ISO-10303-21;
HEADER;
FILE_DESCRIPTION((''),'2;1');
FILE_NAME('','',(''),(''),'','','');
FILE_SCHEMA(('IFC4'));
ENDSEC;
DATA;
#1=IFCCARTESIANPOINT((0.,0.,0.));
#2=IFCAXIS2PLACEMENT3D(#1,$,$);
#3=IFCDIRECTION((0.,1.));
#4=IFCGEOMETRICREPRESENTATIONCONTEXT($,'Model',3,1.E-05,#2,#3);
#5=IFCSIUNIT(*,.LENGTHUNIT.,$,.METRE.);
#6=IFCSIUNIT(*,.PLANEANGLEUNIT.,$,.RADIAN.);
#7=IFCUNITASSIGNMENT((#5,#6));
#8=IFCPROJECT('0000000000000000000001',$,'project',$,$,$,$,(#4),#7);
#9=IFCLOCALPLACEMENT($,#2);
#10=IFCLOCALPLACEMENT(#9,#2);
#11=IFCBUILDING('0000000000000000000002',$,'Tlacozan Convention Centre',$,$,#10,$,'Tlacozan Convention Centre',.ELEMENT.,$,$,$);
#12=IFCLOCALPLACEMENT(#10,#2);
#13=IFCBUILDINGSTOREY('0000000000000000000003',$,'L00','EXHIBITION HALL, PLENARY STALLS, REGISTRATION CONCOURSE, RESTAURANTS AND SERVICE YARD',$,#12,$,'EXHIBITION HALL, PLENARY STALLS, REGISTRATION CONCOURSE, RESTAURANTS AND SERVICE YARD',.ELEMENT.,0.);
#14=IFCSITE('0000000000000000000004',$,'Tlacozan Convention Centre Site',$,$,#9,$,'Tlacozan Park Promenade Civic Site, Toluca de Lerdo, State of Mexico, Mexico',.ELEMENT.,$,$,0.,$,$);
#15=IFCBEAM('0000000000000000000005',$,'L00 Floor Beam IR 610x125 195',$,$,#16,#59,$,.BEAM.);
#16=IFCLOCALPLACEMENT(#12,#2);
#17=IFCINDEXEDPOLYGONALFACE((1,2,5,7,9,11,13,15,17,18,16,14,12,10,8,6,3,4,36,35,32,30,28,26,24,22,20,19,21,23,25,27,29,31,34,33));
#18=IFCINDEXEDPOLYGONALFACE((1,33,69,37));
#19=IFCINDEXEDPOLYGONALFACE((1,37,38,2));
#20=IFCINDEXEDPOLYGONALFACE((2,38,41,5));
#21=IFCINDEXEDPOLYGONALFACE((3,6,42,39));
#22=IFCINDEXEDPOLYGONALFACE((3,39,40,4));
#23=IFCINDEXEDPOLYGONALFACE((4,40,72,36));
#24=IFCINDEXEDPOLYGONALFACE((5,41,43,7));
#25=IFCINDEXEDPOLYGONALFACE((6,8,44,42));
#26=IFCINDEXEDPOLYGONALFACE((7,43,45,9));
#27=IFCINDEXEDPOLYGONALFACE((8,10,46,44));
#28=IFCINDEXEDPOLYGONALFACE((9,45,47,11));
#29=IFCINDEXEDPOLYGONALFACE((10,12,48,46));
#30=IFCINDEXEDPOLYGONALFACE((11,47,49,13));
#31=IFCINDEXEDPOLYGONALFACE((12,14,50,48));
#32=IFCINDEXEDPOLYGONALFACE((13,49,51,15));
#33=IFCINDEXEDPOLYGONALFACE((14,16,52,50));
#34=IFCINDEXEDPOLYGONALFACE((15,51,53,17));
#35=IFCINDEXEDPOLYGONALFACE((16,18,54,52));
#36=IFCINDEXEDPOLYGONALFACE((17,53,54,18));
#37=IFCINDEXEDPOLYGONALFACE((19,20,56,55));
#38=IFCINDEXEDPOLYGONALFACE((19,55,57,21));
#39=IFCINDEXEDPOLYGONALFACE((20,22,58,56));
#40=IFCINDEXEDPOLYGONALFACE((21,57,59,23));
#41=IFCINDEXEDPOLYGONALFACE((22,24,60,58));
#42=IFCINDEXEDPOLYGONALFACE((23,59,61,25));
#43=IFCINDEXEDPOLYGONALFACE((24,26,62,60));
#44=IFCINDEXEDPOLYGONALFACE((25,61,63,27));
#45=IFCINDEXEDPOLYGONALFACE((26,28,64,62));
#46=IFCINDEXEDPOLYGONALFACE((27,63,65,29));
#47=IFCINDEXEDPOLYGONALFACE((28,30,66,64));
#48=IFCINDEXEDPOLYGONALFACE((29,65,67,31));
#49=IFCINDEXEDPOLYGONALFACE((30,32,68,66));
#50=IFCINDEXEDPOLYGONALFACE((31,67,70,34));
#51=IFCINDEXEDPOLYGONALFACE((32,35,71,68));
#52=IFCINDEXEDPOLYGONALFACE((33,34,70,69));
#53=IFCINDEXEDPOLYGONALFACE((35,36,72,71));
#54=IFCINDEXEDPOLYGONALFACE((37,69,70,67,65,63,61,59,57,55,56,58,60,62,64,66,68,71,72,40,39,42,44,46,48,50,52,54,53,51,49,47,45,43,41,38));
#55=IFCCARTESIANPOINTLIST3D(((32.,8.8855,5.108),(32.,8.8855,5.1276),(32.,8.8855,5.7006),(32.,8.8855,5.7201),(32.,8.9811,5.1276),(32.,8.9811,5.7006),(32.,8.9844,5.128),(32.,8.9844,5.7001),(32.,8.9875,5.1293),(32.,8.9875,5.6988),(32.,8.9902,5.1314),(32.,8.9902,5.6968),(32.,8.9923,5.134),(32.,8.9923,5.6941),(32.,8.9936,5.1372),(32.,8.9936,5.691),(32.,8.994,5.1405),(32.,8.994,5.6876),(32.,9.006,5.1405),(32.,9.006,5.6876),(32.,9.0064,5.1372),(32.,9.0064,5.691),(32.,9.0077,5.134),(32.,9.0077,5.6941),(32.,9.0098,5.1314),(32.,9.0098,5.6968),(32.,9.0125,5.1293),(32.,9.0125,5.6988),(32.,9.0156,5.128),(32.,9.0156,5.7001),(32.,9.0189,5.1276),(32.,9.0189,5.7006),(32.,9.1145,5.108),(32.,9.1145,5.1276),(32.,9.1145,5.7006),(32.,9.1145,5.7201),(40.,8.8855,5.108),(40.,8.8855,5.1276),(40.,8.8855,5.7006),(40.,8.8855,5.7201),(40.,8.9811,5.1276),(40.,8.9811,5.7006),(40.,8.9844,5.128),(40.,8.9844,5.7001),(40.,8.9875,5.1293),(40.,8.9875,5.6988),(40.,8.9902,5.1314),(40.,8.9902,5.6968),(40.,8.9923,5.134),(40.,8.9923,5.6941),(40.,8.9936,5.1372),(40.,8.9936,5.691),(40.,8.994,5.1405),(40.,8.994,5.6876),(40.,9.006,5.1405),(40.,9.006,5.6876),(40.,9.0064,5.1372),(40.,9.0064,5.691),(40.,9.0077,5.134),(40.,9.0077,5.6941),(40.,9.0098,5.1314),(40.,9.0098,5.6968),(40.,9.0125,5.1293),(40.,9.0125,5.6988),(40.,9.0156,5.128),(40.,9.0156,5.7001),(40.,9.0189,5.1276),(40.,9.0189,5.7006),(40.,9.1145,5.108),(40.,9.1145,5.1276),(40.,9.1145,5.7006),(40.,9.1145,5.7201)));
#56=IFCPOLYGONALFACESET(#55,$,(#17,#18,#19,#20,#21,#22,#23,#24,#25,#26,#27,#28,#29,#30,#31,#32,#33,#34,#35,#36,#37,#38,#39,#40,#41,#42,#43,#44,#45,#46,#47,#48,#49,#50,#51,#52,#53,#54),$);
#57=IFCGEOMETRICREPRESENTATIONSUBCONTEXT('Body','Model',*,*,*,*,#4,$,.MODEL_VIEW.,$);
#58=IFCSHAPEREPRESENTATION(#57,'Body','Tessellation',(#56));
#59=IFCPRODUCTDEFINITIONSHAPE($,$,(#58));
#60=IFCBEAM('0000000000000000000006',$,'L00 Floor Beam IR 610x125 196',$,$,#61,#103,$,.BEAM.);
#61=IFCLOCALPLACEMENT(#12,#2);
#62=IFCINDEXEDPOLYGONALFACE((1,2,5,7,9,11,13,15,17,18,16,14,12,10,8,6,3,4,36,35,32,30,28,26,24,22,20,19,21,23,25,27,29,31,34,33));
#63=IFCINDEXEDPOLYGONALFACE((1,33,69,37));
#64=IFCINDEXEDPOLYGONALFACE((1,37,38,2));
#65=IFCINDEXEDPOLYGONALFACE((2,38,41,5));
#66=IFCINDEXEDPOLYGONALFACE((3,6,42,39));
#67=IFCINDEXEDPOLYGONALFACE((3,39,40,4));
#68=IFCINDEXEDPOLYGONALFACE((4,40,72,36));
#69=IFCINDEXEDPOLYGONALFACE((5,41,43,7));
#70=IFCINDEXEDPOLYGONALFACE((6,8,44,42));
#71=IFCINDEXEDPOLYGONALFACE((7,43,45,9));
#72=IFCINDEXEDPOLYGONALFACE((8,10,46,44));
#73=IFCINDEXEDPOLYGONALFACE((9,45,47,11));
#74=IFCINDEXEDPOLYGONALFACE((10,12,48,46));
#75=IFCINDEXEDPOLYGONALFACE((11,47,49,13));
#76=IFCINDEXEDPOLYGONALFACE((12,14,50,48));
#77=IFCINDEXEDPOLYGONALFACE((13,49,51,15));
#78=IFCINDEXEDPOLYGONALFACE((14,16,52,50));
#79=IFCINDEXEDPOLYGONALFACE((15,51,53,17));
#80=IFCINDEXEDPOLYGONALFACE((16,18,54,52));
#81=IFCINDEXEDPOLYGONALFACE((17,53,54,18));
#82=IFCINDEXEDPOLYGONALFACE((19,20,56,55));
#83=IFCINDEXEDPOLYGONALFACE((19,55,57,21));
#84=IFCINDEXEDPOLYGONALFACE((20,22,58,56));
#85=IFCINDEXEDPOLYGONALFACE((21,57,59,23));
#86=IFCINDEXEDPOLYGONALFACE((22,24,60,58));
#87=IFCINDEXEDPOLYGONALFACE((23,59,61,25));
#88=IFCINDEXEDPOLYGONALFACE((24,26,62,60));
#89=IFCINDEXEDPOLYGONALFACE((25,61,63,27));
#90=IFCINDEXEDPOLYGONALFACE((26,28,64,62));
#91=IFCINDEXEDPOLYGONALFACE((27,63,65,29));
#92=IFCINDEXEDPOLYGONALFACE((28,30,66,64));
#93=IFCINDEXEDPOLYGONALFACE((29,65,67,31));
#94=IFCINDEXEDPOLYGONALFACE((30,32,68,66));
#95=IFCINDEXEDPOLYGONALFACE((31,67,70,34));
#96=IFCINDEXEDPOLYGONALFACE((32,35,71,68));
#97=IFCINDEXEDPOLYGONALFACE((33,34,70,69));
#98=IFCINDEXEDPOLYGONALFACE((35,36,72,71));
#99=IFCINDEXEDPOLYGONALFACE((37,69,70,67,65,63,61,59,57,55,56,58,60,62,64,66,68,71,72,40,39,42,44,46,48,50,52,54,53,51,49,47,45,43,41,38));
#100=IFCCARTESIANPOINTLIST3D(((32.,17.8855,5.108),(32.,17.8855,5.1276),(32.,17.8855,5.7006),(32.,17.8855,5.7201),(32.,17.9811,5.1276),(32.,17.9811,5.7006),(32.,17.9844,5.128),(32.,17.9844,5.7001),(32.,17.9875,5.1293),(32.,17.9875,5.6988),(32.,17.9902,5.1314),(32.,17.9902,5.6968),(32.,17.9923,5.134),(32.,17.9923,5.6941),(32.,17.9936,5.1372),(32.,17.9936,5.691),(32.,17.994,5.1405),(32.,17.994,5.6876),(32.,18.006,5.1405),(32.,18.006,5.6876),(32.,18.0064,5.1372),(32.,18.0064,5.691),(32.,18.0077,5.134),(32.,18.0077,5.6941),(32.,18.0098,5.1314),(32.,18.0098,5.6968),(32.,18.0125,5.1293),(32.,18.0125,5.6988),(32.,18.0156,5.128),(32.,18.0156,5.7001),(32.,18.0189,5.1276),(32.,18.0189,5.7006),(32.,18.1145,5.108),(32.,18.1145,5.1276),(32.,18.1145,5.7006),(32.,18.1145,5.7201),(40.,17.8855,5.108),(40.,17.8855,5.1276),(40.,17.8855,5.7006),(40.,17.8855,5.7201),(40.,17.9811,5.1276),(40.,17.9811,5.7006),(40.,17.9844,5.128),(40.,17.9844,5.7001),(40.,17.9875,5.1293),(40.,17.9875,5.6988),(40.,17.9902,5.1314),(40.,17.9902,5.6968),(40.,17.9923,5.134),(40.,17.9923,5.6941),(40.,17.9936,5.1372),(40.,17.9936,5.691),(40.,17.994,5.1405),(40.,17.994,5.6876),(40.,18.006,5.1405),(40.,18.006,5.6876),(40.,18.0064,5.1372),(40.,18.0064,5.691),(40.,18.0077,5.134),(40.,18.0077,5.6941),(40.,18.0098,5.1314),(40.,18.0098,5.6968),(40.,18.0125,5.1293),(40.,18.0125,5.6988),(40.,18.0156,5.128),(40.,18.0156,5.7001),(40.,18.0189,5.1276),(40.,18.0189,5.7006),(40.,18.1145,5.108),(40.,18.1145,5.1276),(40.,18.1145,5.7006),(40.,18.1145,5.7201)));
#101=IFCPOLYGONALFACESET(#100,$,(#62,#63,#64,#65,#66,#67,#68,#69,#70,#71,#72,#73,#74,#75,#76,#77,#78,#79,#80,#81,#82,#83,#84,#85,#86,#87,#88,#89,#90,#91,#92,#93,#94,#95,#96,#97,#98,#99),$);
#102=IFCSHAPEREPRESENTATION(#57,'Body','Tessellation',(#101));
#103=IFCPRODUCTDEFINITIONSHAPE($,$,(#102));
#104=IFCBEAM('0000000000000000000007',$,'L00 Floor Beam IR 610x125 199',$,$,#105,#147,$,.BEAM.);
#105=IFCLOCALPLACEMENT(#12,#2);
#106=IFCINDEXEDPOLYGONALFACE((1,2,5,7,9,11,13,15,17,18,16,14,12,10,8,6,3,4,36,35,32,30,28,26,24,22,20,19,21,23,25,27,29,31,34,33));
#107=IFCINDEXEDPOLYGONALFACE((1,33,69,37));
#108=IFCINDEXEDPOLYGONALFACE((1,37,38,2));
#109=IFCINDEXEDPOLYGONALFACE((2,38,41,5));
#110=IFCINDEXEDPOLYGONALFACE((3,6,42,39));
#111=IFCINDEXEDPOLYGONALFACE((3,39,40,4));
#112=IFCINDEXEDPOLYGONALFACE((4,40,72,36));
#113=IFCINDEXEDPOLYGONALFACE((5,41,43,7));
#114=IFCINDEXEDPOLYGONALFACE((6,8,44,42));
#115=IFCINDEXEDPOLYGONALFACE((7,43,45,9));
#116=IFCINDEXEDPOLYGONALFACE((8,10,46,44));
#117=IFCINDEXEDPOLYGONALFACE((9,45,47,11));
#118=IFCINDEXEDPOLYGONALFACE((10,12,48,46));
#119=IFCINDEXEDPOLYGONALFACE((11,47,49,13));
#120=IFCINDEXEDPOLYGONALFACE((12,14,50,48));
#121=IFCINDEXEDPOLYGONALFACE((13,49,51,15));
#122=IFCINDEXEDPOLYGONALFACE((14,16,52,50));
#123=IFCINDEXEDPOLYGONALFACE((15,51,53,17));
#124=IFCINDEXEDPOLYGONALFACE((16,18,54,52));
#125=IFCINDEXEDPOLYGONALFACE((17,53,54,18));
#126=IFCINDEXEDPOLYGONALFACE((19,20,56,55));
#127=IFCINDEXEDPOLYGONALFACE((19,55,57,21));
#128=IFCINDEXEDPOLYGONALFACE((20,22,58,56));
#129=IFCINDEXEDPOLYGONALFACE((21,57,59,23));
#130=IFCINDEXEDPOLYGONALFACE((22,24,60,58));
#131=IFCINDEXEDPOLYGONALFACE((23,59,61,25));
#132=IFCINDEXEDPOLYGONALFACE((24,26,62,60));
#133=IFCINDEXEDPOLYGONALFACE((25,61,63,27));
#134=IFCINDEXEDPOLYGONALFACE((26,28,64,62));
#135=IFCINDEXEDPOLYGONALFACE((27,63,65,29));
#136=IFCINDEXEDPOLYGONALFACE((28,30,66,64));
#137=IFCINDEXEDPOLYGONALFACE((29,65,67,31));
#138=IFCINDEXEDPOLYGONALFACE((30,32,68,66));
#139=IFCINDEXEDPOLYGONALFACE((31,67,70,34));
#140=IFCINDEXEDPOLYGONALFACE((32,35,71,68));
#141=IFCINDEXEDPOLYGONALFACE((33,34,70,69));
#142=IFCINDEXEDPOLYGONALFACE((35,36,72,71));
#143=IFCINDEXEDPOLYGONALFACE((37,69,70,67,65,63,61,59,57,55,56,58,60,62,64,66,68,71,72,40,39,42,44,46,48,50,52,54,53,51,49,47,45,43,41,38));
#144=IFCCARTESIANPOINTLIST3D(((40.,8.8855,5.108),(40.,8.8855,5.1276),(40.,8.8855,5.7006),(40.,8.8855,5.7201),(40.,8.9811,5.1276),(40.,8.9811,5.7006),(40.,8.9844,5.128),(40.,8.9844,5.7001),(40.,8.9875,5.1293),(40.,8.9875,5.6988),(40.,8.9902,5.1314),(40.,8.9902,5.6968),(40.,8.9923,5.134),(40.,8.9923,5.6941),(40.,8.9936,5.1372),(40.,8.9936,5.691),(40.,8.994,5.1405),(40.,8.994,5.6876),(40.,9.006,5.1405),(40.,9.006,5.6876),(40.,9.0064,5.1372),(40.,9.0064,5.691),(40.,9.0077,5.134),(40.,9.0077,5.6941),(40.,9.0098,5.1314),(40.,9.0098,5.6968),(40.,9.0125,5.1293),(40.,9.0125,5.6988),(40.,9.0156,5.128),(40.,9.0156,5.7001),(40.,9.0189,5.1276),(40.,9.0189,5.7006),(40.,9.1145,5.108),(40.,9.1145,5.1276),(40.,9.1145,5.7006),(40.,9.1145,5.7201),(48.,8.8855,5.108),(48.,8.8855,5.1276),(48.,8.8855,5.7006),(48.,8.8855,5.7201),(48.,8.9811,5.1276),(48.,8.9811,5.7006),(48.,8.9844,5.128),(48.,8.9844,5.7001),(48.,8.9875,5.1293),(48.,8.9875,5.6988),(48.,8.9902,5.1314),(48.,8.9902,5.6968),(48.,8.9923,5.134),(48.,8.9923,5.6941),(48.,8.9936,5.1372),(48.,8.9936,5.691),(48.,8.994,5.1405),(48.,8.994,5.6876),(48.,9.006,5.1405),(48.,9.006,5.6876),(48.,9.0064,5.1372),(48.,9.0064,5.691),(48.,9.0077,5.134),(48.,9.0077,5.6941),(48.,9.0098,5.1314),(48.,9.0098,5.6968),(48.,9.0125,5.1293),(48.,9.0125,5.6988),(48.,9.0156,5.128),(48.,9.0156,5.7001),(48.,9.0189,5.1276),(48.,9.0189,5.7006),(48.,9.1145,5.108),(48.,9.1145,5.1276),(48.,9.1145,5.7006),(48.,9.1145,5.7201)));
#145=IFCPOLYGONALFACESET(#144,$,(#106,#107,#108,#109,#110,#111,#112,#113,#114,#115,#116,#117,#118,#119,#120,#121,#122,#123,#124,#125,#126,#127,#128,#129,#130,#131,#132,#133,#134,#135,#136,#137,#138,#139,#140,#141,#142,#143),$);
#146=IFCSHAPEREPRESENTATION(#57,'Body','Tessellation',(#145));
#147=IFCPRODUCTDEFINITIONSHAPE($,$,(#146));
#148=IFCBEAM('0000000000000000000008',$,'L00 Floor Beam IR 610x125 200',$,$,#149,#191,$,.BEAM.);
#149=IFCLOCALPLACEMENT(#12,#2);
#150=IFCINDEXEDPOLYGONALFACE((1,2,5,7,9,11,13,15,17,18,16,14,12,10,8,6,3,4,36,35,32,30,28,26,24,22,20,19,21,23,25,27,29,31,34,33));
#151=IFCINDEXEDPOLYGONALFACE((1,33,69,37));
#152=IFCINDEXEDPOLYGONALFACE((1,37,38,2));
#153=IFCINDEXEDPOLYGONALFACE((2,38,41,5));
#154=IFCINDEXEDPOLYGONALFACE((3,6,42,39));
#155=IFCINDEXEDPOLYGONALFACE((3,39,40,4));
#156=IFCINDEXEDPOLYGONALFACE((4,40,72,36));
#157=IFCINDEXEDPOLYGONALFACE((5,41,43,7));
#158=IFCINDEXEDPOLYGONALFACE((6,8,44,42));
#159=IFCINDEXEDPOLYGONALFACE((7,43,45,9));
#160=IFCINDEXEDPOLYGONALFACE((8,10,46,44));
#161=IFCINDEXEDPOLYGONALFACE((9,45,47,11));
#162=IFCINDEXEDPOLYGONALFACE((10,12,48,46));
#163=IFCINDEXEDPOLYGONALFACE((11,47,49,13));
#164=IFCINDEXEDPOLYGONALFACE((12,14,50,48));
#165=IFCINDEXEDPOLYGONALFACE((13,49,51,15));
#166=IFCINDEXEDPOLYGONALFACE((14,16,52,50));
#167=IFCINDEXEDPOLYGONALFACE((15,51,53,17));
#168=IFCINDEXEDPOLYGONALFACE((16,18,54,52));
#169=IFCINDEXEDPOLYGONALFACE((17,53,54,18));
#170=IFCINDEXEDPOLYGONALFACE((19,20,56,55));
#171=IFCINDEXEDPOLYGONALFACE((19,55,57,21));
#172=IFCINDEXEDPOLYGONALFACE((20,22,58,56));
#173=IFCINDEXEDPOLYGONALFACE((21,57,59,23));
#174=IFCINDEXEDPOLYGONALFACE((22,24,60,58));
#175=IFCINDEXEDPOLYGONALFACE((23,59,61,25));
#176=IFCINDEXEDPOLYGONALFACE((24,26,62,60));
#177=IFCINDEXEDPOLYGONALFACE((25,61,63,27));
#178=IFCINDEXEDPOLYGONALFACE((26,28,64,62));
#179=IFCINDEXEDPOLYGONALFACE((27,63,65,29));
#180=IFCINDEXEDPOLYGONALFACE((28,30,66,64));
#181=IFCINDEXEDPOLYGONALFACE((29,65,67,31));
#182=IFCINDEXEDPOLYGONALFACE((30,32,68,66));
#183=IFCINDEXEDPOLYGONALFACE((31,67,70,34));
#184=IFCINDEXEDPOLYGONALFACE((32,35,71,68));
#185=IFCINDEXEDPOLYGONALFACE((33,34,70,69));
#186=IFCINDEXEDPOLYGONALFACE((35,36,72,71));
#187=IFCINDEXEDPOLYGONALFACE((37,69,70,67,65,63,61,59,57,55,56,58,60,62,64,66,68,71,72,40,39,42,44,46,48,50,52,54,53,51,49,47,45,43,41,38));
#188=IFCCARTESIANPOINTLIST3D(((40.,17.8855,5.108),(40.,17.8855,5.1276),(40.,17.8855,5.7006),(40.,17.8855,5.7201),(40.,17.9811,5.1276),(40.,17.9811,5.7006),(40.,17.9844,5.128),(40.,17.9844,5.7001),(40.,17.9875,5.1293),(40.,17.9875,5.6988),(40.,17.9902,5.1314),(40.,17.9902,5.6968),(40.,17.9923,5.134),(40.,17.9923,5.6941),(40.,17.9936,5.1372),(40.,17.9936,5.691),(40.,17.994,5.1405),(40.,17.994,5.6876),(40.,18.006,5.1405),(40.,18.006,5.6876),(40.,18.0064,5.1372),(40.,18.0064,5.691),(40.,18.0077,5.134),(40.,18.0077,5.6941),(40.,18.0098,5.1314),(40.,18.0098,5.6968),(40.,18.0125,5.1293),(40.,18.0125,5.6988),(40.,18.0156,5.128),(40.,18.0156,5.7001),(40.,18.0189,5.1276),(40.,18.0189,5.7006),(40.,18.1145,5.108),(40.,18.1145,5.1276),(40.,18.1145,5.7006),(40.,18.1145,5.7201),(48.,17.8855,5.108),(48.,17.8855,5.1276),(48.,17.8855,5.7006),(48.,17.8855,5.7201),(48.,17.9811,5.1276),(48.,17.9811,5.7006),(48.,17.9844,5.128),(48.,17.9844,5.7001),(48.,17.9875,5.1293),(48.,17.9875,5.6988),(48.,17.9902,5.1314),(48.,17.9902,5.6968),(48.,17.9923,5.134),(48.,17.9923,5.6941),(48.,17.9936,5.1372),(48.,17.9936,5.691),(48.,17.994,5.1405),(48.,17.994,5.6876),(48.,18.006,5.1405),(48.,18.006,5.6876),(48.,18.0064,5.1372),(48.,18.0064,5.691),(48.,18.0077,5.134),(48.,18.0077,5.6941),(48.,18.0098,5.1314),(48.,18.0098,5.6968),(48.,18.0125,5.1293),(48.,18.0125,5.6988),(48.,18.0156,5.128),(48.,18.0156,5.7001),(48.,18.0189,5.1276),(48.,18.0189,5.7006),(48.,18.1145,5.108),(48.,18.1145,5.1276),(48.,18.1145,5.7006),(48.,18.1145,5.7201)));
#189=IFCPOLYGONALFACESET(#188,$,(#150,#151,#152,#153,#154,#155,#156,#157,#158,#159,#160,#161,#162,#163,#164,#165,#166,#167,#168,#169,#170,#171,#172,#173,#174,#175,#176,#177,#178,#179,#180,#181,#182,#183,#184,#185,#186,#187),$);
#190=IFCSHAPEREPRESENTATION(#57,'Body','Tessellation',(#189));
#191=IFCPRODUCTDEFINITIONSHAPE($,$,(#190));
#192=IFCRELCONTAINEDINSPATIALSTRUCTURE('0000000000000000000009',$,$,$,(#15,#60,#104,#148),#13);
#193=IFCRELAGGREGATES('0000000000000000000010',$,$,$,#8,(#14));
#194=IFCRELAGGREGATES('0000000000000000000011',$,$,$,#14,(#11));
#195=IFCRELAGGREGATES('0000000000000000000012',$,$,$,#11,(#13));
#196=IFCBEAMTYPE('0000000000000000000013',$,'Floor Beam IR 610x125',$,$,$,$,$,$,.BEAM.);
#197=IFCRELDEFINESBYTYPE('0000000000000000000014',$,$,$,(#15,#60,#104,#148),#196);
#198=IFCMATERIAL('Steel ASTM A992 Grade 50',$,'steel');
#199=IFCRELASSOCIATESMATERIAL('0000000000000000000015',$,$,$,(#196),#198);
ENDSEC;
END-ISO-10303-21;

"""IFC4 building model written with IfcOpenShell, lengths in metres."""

from ifc_helpers import new_model, si_unit, direction, frame, origin, origin_2d, place, context, subcontext, project, spatial, i_section, extrude, material, material_profile, profile_set, type_object, element, save


model = new_model("IFC4")

# Units and contexts
model_context = context("Model", 3, precision=1e-05, world=origin(), true_north=direction((0.0, 1.0)))
body_context = subcontext(model_context, "Body", "Model", "MODEL_VIEW")
ifc_project = project(units=[si_unit("LENGTHUNIT", "METRE"), si_unit("PLANEANGLEUNIT", "RADIAN")], contexts=[model_context])

# Site, building, storey
site_placement = place(None, origin())
site = spatial("IfcSite", under=ifc_project, at=site_placement, Name="Tlacozan Convention Centre Site", LongName="Tlacozan Park Promenade Civic Site, Toluca de Lerdo, State of Mexico, Mexico", CompositionType="ELEMENT", RefElevation=0.0)
building_placement = place(site_placement, origin())
building = spatial("IfcBuilding", under=site, at=building_placement, Name="Tlacozan Convention Centre", LongName="Tlacozan Convention Centre", CompositionType="ELEMENT")
storey_placement = place(building_placement, origin())
storey = spatial("IfcBuildingStorey", under=building, at=storey_placement, Name="L00", Description="EXHIBITION HALL, PLENARY STALLS, REGISTRATION CONCOURSE, RESTAURANTS AND SERVICE YARD", LongName="EXHIBITION HALL, PLENARY STALLS, REGISTRATION CONCOURSE, RESTAURANTS AND SERVICE YARD", CompositionType="ELEMENT", Elevation=0.0)

# Beams
ifc_material_1 = material(Name="Steel ASTM A992 Grade 50", Category="steel")
ifc_material_profile_1 = material_profile(ifc_material_1, i_section(OverallWidth=0.229, OverallDepth=0.6121, WebThickness=0.012, FlangeThickness=0.0195, FilletRadius=0.0129, at=origin_2d()), Name="IR 610x125.0")
ifc_profile_set_1 = profile_set([ifc_material_profile_1], Name="Steel ASTM A992 Grade 50")
beam_type_1 = type_object("IfcBeamType", Name="Floor Beam IR 610x125", PredefinedType="BEAM", material=ifc_profile_set_1)
for number, where, z_axis, x_axis, name in (
    (1, (32.0, 9.0, 5.4141), (1.0, 0.0, 0.0), (0.0, 1.0, 0.0), "L00 Floor Beam IR 610x125 195"),
    (2, (32.0, 18.0, 5.4141), (1.0, 0.0, 0.0), (0.0, 1.0, 0.0), "L00 Floor Beam IR 610x125 196"),
    (3, (40.0, 9.0, 5.4141), (1.0, 0.0, 0.0), (0.0, 1.0, 0.0), "L00 Floor Beam IR 610x125 199"),
    (4, (40.0, 18.0, 5.4141), (1.0, 0.0, 0.0), (0.0, 1.0, 0.0), "L00 Floor Beam IR 610x125 200"),
):
    element("IfcBeam", number, at=place(storey_placement, frame(where, z_axis=z_axis, x_axis=x_axis)), inside=storey, type_object=beam_type_1, Name=name, PredefinedType="BEAM", context=body_context, shape_type="SweptSolid", body=[
        extrude(i_section(OverallWidth=0.229, OverallDepth=0.6121, WebThickness=0.012, FlangeThickness=0.0195, FilletRadius=0.0129, at=origin_2d()), origin(), (0.0, 0.0, 1.0), 8.0),
    ])

save(model, "model.ifc")
